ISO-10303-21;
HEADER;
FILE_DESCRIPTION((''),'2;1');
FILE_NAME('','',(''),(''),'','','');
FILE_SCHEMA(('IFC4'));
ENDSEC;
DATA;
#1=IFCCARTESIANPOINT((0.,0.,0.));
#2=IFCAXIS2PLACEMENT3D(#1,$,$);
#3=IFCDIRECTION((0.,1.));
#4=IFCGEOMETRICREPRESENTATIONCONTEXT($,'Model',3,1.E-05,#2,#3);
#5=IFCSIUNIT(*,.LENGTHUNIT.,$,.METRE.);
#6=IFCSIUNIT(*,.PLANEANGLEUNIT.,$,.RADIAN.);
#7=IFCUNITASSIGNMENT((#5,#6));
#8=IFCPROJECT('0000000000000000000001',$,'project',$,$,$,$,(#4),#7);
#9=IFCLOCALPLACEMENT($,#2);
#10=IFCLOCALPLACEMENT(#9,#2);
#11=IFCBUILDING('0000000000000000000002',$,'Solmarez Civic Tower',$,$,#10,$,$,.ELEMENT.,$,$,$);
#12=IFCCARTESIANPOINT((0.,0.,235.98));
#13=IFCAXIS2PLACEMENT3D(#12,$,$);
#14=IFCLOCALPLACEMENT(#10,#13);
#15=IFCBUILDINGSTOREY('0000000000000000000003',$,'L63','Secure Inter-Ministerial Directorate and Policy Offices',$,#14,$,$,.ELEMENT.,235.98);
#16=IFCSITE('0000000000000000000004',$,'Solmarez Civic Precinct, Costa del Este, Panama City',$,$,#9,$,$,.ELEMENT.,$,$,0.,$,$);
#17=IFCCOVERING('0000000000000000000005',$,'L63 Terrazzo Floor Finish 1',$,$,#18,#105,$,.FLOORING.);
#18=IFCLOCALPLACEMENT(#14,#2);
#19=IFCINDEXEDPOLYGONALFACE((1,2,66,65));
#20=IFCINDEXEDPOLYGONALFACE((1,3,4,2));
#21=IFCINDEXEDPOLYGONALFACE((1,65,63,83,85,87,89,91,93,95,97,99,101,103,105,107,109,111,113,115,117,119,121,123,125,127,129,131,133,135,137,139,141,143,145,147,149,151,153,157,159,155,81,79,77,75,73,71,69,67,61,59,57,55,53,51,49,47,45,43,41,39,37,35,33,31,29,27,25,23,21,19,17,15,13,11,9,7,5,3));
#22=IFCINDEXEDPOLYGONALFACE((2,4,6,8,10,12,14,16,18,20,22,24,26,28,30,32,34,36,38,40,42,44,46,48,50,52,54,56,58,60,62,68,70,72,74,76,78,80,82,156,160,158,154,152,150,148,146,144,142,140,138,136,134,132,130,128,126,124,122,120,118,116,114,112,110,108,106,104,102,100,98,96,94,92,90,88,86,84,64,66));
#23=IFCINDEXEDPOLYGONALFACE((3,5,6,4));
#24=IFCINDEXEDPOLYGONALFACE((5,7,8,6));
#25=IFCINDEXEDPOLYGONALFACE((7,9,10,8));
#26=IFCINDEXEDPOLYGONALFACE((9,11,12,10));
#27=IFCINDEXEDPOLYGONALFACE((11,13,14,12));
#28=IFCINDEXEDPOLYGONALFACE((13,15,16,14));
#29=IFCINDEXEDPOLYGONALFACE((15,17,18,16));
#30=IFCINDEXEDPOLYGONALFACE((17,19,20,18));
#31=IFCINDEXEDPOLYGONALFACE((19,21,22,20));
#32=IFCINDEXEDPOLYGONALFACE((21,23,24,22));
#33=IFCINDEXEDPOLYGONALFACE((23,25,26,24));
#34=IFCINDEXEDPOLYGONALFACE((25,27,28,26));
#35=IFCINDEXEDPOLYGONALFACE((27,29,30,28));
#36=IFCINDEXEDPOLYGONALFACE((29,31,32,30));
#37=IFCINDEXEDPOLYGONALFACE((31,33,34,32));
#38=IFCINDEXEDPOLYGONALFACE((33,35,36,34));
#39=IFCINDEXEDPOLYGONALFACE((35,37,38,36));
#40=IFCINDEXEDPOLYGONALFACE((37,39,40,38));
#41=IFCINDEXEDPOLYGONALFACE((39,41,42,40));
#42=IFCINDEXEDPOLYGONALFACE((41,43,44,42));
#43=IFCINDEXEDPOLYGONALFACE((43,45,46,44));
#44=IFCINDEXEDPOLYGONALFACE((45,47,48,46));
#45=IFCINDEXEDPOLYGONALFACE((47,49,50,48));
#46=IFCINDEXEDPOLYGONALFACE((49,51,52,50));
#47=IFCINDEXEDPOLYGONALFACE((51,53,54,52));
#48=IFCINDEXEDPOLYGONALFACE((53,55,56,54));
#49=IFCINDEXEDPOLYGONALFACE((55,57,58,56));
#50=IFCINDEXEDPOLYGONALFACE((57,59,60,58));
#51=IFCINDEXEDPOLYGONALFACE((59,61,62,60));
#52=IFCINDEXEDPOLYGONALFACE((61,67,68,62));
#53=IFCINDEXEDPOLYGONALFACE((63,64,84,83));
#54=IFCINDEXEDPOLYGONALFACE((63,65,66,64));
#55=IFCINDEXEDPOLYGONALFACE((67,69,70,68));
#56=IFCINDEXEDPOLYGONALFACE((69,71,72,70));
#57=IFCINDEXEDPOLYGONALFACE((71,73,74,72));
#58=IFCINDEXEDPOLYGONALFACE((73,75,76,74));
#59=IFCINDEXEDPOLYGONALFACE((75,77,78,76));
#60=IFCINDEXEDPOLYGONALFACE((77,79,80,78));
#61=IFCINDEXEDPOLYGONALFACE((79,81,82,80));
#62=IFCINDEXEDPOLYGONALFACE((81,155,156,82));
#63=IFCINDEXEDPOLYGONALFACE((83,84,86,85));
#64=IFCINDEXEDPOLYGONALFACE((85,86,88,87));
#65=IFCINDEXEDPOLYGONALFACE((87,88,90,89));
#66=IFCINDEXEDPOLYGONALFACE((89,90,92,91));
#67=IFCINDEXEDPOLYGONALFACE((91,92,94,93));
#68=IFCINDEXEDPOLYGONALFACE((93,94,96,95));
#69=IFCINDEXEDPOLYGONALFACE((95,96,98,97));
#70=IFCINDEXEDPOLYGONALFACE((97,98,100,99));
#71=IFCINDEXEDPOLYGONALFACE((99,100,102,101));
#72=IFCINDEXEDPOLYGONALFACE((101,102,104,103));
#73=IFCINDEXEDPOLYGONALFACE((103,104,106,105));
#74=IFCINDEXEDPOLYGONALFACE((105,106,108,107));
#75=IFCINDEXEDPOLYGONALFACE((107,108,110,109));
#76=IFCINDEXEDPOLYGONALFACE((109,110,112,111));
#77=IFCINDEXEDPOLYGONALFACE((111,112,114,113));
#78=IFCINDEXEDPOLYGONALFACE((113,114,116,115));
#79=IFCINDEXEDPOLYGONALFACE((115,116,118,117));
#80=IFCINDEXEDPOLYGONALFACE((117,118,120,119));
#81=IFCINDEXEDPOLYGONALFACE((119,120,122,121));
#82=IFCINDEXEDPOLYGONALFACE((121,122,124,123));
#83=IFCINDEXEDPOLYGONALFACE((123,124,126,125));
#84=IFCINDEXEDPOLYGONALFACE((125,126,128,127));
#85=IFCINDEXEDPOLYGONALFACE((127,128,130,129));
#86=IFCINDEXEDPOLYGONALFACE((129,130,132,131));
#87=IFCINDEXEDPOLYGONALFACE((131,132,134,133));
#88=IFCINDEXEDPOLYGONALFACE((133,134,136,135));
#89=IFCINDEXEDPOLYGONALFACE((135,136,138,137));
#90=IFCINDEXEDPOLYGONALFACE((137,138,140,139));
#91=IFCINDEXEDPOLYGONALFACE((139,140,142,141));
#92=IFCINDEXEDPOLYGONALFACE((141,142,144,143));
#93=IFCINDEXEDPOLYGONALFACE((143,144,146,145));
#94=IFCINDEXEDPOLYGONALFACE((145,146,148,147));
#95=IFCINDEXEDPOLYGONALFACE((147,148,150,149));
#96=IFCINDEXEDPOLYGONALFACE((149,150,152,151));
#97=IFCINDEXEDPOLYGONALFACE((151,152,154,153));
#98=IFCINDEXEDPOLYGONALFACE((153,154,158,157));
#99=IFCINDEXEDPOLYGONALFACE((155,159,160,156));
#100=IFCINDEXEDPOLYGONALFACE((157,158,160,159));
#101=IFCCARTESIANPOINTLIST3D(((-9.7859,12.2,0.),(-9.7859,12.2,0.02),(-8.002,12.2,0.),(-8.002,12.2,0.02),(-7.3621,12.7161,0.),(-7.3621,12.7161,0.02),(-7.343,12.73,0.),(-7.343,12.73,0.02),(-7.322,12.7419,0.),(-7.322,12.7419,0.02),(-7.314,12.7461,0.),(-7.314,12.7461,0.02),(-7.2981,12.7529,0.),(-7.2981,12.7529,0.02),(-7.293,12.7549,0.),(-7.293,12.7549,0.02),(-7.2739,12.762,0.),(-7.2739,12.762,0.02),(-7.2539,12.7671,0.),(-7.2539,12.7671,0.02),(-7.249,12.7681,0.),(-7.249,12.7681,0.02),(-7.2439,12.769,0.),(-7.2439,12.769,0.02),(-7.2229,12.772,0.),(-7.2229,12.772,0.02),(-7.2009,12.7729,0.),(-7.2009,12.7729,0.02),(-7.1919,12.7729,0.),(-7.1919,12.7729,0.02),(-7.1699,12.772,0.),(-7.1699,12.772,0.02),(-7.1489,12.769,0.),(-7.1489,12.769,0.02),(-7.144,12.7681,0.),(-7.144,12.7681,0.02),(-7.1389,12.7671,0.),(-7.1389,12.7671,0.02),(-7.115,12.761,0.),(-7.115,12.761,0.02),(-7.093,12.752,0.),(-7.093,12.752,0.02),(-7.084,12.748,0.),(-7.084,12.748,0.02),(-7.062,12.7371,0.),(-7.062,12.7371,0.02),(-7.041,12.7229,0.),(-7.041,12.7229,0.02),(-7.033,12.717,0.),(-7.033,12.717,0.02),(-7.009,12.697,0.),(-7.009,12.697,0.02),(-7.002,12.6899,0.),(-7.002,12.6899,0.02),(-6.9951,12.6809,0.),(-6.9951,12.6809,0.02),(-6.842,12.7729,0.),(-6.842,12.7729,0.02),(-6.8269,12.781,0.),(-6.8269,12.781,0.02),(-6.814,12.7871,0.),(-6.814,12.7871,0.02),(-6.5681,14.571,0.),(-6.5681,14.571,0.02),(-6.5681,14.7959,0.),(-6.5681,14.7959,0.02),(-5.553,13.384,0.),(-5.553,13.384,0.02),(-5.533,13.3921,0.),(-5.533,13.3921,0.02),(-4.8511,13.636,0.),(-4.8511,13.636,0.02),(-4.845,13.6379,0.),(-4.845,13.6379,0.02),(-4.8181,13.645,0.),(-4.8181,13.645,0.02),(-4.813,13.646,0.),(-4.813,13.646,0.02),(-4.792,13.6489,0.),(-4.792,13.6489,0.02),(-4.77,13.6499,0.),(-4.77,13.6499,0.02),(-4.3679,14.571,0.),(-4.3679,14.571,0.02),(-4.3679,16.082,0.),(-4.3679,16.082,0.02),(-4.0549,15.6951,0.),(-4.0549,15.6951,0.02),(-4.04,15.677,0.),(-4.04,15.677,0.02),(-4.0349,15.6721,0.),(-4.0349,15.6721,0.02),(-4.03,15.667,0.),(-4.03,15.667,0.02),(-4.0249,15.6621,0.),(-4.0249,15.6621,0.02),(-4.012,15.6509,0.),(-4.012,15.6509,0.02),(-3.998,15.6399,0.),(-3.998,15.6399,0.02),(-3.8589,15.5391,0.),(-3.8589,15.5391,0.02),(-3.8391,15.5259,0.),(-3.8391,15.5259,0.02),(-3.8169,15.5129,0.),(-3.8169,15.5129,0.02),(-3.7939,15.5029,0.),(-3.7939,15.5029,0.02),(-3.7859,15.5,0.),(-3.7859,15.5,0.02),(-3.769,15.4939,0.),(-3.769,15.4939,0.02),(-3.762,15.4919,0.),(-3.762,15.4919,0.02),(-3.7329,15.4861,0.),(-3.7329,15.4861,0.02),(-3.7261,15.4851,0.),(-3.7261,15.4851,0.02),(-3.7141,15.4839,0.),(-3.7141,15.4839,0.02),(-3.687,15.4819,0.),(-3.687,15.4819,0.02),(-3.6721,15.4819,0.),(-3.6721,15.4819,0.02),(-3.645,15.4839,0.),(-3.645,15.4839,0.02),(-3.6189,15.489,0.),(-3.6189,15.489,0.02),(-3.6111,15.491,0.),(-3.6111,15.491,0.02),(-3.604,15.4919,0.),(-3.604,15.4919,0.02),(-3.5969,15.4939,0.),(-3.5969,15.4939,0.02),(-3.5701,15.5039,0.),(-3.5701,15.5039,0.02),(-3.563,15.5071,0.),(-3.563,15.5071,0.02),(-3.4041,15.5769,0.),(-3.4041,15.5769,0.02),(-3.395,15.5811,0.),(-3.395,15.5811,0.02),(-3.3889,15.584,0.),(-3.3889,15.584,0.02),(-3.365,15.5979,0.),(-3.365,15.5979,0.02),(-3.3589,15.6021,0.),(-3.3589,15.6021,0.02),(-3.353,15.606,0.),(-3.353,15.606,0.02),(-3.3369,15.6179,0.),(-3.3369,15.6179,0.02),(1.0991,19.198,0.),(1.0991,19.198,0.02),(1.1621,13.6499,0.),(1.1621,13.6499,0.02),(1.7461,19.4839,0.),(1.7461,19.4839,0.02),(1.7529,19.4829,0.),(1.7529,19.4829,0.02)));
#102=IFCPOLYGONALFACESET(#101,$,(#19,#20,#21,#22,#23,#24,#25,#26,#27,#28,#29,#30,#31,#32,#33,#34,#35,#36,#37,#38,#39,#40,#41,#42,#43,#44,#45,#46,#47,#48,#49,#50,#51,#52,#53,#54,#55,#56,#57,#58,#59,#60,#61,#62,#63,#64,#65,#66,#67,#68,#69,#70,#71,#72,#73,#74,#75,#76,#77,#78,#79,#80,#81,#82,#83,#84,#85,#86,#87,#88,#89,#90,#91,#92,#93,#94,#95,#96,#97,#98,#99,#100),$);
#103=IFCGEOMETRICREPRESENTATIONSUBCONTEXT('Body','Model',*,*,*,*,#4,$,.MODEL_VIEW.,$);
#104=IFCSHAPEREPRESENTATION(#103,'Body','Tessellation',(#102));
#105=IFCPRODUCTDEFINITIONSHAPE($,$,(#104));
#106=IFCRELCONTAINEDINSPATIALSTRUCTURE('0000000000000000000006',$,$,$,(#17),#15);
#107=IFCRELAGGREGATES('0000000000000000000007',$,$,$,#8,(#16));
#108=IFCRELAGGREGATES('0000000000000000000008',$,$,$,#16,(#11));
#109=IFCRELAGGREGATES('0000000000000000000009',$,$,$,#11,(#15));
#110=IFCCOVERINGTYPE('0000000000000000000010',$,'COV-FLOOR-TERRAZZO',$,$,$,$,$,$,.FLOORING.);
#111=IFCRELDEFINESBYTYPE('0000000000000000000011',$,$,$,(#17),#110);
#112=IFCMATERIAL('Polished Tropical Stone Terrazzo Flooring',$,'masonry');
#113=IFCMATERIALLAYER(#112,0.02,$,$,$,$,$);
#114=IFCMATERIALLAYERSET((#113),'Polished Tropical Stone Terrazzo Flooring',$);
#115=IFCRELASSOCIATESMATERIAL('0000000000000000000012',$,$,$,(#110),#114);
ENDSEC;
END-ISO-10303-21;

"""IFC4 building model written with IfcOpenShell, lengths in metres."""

from ifc_helpers import new_model, si_unit, direction, frame, origin, place, context, subcontext, project, spatial, polyline, outline, extrude, material, layer, layer_set, type_object, element, save


model = new_model("IFC4")

# Units and contexts
model_context = context("Model", 3, precision=1e-05, world=origin(), true_north=direction((0.0, 1.0)))
body_context = subcontext(model_context, "Body", "Model", "MODEL_VIEW")
ifc_project = project(units=[si_unit("LENGTHUNIT", "METRE"), si_unit("PLANEANGLEUNIT", "RADIAN")], contexts=[model_context])

# Site, building, storey
site_placement = place(None, origin())
site = spatial("IfcSite", under=ifc_project, at=site_placement, Name="Solmarez Civic Precinct, Costa del Este, Panama City", CompositionType="ELEMENT", RefElevation=0.0)
building_placement = place(site_placement, origin())
building = spatial("IfcBuilding", under=site, at=building_placement, Name="Solmarez Civic Tower", CompositionType="ELEMENT")
storey_placement = place(building_placement, frame((0.0, 0.0, 235.98)))
storey = spatial("IfcBuildingStorey", under=building, at=storey_placement, Name="L63", Description="Secure Inter-Ministerial Directorate and Policy Offices", CompositionType="ELEMENT", Elevation=235.98)

# Covering
ifc_material_1 = material(Name="Polished Tropical Stone Terrazzo Flooring", Category="masonry")
ifc_layer_1 = layer(ifc_material_1, 0.02)
ifc_layer_set_1 = layer_set([ifc_layer_1], Name="Polished Tropical Stone Terrazzo Flooring")
covering_type_1 = type_object("IfcCoveringType", Name="COV-FLOOR-TERRAZZO", PredefinedType="FLOORING", material=ifc_layer_set_1)
covering_1_placement = place(storey_placement, origin())
element("IfcCovering", 1, at=covering_1_placement, inside=storey, type_object=covering_type_1, Name="L63 Terrazzo Floor Finish 1", PredefinedType="FLOORING", context=body_context, shape_type="SweptSolid", body=[
    extrude(outline(polyline([(-9.7859, 12.2), (-8.002, 12.2), (-7.3621, 12.7161), (-7.343, 12.73), (-7.322, 12.7419), (-7.314, 12.7461), (-7.2981, 12.7529), (-7.293, 12.7549), (-7.2739, 12.762), (-7.2539, 12.7671), (-7.249, 12.7681), (-7.2439, 12.769), (-7.2229, 12.772), (-7.2009, 12.7729), (-7.1919, 12.7729), (-7.1699, 12.772), (-7.1489, 12.769), (-7.144, 12.7681), (-7.1389, 12.7671), (-7.115, 12.761), (-7.093, 12.752), (-7.084, 12.748), (-7.062, 12.7371), (-7.041, 12.7229), (-7.033, 12.717), (-7.009, 12.697), (-7.002, 12.6899), (-6.9951, 12.6809), (-6.842, 12.7729), (-6.8269, 12.781), (-6.814, 12.7871), (-5.553, 13.384), (-5.533, 13.3921), (-4.8511, 13.636), (-4.845, 13.6379), (-4.8181, 13.645), (-4.813, 13.646), (-4.792, 13.6489), (-4.77, 13.6499), (1.1621, 13.6499), (1.7529, 19.4829), (1.7461, 19.4839), (1.0991, 19.198), (-3.3369, 15.6179), (-3.353, 15.606), (-3.3589, 15.6021), (-3.365, 15.5979), (-3.3889, 15.584), (-3.395, 15.5811), (-3.4041, 15.5769), (-3.563, 15.5071), (-3.5701, 15.5039), (-3.5969, 15.4939), (-3.604, 15.4919), (-3.6111, 15.491), (-3.6189, 15.489), (-3.645, 15.4839), (-3.6721, 15.4819), (-3.687, 15.4819), (-3.7141, 15.4839), (-3.7261, 15.4851), (-3.7329, 15.4861), (-3.762, 15.4919), (-3.769, 15.4939), (-3.7859, 15.5), (-3.7939, 15.5029), (-3.8169, 15.5129), (-3.8391, 15.5259), (-3.8589, 15.5391), (-3.998, 15.6399), (-4.012, 15.6509), (-4.0249, 15.6621), (-4.03, 15.667), (-4.0349, 15.6721), (-4.04, 15.677), (-4.0549, 15.6951), (-4.3679, 16.082), (-4.3679, 14.571), (-6.5681, 14.571), (-6.5681, 14.7959), (-9.7859, 12.2)])), origin(), (0.0, 0.0, 1.0), 0.02),
])

save(model, "model.ifc")
